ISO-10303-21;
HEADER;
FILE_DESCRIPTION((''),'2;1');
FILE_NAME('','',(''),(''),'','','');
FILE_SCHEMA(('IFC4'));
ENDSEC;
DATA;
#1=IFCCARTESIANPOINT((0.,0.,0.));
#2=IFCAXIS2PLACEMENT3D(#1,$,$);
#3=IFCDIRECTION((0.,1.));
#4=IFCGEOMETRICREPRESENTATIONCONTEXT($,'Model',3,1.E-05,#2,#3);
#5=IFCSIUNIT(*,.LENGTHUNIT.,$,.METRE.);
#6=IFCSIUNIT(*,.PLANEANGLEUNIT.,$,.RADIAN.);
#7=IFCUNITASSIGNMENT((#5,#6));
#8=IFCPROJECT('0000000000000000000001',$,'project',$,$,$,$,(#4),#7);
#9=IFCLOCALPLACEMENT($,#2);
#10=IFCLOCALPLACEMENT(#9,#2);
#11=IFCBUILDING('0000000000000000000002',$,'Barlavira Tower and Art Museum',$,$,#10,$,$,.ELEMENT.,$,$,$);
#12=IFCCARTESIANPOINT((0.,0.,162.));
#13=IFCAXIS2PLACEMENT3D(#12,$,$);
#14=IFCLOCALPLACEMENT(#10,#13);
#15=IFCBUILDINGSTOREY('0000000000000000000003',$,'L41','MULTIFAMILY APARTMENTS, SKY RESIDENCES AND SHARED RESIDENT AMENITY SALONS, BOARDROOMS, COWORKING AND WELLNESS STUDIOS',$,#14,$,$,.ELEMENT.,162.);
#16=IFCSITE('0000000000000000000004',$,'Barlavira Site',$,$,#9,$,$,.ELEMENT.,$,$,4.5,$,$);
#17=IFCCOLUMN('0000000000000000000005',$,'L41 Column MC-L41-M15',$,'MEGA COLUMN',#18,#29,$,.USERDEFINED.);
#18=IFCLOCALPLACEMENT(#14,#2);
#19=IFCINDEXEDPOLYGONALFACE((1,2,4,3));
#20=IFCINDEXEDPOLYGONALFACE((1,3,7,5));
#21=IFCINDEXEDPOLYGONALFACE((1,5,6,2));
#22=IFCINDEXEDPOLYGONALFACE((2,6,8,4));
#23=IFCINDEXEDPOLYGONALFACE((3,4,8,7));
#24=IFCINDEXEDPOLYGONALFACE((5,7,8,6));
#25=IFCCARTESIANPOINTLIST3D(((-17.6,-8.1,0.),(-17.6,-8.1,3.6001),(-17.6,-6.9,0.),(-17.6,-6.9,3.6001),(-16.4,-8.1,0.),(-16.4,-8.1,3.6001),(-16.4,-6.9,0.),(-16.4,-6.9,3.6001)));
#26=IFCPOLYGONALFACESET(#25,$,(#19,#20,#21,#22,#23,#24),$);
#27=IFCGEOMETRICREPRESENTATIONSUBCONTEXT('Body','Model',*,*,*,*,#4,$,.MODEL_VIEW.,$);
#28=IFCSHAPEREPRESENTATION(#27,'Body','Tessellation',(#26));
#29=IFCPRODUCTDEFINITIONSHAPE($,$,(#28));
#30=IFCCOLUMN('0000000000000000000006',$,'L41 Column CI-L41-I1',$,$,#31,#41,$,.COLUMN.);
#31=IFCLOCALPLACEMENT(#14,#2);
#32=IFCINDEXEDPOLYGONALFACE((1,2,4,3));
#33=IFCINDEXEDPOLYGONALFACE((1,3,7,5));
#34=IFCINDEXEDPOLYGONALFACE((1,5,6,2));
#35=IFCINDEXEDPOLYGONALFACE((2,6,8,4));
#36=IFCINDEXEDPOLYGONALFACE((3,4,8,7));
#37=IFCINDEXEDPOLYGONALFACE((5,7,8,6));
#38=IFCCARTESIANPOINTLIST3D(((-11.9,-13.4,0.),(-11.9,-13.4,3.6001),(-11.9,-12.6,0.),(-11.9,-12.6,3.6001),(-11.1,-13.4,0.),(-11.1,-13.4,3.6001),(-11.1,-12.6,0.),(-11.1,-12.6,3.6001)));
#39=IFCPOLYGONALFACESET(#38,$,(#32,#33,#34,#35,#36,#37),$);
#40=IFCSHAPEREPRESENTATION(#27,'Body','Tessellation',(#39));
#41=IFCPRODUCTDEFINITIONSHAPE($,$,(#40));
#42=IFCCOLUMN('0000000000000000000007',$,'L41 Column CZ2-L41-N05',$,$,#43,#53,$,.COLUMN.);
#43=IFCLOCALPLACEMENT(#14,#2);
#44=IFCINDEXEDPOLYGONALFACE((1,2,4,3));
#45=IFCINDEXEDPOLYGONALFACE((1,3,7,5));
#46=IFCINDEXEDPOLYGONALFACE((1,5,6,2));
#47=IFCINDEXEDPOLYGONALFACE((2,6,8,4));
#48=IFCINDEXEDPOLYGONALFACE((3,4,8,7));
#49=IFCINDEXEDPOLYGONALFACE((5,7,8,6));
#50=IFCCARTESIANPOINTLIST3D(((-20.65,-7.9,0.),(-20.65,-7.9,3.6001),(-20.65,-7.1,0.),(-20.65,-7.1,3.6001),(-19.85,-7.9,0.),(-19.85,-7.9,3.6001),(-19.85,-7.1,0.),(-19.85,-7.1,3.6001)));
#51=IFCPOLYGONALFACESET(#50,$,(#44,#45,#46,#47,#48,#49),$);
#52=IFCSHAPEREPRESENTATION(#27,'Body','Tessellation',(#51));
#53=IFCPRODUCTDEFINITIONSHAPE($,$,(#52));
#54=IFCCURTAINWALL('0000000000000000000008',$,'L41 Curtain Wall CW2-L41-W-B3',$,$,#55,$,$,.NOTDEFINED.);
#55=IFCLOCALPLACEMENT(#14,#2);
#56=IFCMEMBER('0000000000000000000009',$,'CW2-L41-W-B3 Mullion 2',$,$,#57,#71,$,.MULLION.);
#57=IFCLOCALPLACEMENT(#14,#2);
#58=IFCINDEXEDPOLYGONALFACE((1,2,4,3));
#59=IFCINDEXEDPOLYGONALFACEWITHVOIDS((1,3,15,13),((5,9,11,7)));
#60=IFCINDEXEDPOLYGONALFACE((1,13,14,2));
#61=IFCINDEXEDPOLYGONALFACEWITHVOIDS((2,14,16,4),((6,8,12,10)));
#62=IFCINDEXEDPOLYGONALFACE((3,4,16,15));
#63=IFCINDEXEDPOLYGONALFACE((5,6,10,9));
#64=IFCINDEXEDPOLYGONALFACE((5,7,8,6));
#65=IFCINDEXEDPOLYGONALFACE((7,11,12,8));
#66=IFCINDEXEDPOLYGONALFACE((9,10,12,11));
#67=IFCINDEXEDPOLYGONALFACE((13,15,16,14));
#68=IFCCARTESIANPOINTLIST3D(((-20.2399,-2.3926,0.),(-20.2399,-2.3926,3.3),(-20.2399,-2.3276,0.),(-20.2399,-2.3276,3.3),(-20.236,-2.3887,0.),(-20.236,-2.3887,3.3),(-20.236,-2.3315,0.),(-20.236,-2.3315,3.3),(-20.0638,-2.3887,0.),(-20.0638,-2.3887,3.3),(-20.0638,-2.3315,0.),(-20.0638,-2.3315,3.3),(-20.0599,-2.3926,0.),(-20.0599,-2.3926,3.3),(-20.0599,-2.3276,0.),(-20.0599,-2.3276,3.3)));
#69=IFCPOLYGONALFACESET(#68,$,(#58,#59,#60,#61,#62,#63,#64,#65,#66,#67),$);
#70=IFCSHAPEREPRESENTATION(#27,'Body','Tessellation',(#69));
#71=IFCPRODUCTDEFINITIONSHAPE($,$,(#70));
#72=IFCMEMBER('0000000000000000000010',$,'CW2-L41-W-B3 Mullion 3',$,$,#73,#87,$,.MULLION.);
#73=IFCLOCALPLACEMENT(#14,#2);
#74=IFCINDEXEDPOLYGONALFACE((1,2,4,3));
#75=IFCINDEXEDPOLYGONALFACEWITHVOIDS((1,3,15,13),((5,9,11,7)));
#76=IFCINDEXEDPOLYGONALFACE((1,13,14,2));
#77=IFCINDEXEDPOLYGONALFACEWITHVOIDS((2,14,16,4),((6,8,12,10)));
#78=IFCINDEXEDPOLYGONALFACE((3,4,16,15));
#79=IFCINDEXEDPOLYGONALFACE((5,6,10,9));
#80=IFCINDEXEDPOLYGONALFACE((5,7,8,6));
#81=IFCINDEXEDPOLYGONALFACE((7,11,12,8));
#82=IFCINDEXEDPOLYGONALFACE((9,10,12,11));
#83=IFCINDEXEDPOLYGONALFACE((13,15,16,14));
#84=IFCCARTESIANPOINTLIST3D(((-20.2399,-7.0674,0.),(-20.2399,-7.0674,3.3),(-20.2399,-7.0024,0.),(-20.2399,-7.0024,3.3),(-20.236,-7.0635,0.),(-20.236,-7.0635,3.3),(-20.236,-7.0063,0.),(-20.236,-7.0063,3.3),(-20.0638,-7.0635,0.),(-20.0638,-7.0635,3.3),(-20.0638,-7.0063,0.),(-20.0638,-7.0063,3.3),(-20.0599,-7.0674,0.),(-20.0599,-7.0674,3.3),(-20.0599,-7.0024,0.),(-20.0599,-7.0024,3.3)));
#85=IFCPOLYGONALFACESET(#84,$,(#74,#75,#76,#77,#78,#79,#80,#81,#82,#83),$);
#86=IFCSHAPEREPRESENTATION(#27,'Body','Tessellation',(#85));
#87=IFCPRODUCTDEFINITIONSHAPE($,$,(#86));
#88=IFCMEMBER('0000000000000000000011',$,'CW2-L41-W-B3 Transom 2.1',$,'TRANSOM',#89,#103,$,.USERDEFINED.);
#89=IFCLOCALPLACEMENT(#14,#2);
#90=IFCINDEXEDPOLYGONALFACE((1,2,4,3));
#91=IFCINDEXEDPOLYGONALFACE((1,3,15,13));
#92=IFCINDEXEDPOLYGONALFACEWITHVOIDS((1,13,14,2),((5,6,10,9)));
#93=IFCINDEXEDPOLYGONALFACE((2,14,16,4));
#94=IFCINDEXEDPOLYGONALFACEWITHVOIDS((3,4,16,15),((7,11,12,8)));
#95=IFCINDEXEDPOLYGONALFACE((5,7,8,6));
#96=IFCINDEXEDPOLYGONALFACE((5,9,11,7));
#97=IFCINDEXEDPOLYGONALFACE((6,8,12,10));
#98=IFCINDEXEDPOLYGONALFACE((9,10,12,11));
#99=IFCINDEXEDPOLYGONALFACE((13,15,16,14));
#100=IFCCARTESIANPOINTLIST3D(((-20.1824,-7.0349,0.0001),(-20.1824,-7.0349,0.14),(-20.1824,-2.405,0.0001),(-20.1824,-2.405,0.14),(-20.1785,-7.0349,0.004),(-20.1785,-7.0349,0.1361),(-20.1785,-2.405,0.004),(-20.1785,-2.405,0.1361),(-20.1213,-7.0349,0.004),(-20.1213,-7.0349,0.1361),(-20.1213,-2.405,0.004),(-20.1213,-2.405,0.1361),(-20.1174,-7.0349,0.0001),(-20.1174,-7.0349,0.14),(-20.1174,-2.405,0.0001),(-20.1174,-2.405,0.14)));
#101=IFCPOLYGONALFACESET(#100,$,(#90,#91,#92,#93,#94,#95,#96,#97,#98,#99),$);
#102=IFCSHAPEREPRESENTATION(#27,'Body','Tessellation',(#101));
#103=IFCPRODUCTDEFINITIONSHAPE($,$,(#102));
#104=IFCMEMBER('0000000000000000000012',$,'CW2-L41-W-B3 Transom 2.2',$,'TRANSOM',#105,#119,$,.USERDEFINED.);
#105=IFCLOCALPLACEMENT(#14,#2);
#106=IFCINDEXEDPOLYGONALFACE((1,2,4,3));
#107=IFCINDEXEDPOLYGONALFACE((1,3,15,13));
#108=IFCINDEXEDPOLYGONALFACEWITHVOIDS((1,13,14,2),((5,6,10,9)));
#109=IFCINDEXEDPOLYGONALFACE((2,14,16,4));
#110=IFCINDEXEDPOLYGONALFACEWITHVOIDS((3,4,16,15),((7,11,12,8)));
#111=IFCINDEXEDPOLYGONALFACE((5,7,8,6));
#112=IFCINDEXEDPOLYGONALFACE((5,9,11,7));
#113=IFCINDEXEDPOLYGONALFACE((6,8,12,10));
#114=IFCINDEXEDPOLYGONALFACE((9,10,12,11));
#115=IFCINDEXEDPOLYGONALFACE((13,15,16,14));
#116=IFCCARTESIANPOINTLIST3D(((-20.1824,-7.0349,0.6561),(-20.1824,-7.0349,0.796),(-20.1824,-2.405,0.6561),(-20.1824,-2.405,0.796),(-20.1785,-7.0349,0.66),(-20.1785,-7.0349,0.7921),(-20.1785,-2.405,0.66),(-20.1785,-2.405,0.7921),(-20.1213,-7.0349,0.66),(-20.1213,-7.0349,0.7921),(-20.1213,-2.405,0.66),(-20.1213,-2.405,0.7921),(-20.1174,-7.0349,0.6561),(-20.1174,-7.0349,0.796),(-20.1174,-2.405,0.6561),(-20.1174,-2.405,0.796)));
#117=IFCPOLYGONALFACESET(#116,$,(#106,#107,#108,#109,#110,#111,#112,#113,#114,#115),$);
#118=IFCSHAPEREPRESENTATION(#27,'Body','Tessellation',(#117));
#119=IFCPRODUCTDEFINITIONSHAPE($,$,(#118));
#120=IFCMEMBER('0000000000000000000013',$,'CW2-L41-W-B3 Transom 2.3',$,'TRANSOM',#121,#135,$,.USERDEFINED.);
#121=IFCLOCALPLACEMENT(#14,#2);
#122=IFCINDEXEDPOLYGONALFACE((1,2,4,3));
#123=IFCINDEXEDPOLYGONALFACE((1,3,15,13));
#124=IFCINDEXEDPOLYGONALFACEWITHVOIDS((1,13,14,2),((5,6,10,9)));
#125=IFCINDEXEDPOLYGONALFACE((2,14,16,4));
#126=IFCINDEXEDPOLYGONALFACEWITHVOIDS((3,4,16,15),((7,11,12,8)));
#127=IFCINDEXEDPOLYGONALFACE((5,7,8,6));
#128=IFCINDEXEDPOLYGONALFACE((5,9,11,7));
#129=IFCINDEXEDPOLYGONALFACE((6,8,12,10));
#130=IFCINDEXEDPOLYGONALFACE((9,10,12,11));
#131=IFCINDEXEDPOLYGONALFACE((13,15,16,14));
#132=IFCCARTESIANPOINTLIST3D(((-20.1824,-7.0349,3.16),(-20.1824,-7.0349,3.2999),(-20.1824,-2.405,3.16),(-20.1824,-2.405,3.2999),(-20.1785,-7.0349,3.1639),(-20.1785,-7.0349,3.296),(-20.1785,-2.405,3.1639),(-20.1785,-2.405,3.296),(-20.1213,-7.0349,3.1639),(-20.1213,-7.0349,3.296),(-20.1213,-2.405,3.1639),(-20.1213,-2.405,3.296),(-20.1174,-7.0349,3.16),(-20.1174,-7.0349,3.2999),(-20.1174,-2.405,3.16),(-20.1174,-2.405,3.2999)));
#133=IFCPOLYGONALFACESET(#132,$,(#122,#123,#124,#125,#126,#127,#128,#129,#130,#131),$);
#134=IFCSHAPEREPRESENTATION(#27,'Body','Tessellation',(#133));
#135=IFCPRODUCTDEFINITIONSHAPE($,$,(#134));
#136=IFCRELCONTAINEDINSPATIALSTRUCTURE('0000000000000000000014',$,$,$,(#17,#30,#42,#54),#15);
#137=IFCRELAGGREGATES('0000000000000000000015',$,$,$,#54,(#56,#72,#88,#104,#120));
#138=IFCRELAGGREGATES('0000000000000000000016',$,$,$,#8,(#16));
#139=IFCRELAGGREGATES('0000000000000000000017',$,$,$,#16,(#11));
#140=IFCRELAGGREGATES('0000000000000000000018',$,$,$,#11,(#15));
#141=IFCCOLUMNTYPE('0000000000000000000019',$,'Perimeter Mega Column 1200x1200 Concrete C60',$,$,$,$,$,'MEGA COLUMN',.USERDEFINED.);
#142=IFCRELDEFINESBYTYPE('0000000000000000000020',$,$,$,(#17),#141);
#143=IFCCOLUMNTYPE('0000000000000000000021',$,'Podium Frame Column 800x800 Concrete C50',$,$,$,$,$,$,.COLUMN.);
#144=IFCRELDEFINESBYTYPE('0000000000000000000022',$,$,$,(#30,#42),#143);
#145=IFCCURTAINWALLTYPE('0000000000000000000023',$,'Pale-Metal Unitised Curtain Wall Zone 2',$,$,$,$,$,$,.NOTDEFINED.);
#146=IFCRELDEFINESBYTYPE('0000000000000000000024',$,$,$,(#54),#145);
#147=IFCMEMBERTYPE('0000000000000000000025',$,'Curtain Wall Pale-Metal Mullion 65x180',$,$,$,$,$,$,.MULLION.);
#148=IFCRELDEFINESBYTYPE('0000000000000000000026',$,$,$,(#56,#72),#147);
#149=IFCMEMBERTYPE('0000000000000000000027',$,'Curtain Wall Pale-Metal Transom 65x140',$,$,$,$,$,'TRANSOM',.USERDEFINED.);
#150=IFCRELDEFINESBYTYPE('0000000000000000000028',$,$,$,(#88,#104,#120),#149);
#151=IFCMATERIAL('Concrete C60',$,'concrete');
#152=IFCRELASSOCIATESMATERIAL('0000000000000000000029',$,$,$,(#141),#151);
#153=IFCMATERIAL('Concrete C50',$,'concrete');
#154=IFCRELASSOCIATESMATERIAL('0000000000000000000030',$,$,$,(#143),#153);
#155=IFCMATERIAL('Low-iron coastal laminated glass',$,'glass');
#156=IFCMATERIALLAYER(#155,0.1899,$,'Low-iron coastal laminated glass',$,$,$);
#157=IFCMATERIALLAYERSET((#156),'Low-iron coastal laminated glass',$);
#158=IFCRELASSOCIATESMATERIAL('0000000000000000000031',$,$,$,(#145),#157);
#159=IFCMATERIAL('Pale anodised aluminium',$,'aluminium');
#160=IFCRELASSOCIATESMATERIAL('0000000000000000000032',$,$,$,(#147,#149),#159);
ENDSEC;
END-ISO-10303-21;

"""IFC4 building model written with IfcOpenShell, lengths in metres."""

from ifc_helpers import new_model, si_unit, direction, frame, origin, origin_2d, place, context, subcontext, project, spatial, rectangle, hollow_rectangle, extrude, material, layer, layer_set, material_profile, profile_set, type_object, element, aggregate, save


model = new_model("IFC4")

# Units and contexts
model_context = context("Model", 3, precision=1e-05, world=origin(), true_north=direction((0.0, 1.0)))
body_context = subcontext(model_context, "Body", "Model", "MODEL_VIEW")
ifc_project = project(units=[si_unit("LENGTHUNIT", "METRE"), si_unit("PLANEANGLEUNIT", "RADIAN")], contexts=[model_context])

# Site, building, storey
site_placement = place(None, origin())
site = spatial("IfcSite", under=ifc_project, at=site_placement, Name="Barlavira Site", CompositionType="ELEMENT", RefElevation=4.5)
building_placement = place(site_placement, origin())
building = spatial("IfcBuilding", under=site, at=building_placement, Name="Barlavira Tower and Art Museum", CompositionType="ELEMENT")
storey_placement = place(building_placement, frame((0.0, 0.0, 162.0)))
storey = spatial("IfcBuildingStorey", under=building, at=storey_placement, Name="L41", Description="MULTIFAMILY APARTMENTS, SKY RESIDENCES AND SHARED RESIDENT AMENITY SALONS, BOARDROOMS, COWORKING AND WELLNESS STUDIOS", CompositionType="ELEMENT", Elevation=162.0)

# Columns
ifc_material_1 = material(Name="Concrete C60", Category="concrete")
ifc_material_profile_1 = material_profile(ifc_material_1, rectangle(XDim=1.2, YDim=1.2, at=origin_2d()), Name="RC-COL 1200x1200")
ifc_profile_set_1 = profile_set([ifc_material_profile_1], Name="Concrete C60")
column_type_1 = type_object("IfcColumnType", Name="Perimeter Mega Column 1200x1200 Concrete C60", ElementType="MEGA COLUMN", PredefinedType="USERDEFINED", material=ifc_profile_set_1)
column_placement = place(storey_placement, frame((-17.0, -7.5, 0.0), z_axis=(0.0, 0.0, 1.0), x_axis=(1.0, 0.0, 0.0)))
element("IfcColumn", 1, at=column_placement, inside=storey, type_object=column_type_1, Name="L41 Column MC-L41-M15", ObjectType="MEGA COLUMN", PredefinedType="USERDEFINED", context=body_context, shape_type="SweptSolid", body=[
    extrude(rectangle(XDim=1.2, YDim=1.2, at=origin_2d()), origin(), (0.0, 0.0, 1.0), 3.6001),
])
ifc_material_2 = material(Name="Concrete C50", Category="concrete")
ifc_material_profile_2 = material_profile(ifc_material_2, rectangle(XDim=0.8, YDim=0.8, at=origin_2d()), Name="RC-COL 800x800")
ifc_profile_set_2 = profile_set([ifc_material_profile_2], Name="Concrete C50")
column_type_2 = type_object("IfcColumnType", Name="Podium Frame Column 800x800 Concrete C50", PredefinedType="COLUMN", material=ifc_profile_set_2)
for number, where, z_axis, x_axis, name in (
    (2, (-11.5, -13.0, 0.0), (0.0, 0.0, 1.0), (1.0, 0.0, 0.0), "L41 Column CI-L41-I1"),
    (3, (-20.25, -7.5, 0.0), (0.0, 0.0, 1.0), (1.0, 0.0, 0.0), "L41 Column CZ2-L41-N05"),
):
    element("IfcColumn", number, at=place(storey_placement, frame(where, z_axis=z_axis, x_axis=x_axis)), inside=storey, type_object=column_type_2, Name=name, PredefinedType="COLUMN", context=body_context, shape_type="SweptSolid", body=[
        extrude(rectangle(XDim=0.8, YDim=0.8, at=origin_2d()), origin(), (0.0, 0.0, 1.0), 3.6001),
    ])

# Curtain wall, members
ifc_material_3 = material(Name="Low-iron coastal laminated glass", Category="glass")
ifc_layer_1 = layer(ifc_material_3, 0.1899, Name="Low-iron coastal laminated glass")
ifc_layer_set_1 = layer_set([ifc_layer_1], Name="Low-iron coastal laminated glass")
curtain_wall_type = type_object("IfcCurtainWallType", Name="Pale-Metal Unitised Curtain Wall Zone 2", PredefinedType="NOTDEFINED", material=ifc_layer_set_1)
curtain_wall_placement = place(storey_placement, origin())
curtain_wall = element("IfcCurtainWall", 4, at=curtain_wall_placement, inside=storey, type_object=curtain_wall_type, Name="L41 Curtain Wall CW2-L41-W-B3", PredefinedType="NOTDEFINED")
ifc_material_4 = material(Name="Pale anodised aluminium", Category="aluminium")
ifc_material_profile_3 = material_profile(ifc_material_4, hollow_rectangle(XDim=0.0649, YDim=0.1799, WallThickness=0.0039, at=origin_2d()), Name="ALU-MULL 65x180x4")
ifc_profile_set_3 = profile_set([ifc_material_profile_3], Name="Pale anodised aluminium")
member_type_1 = type_object("IfcMemberType", Name="Curtain Wall Pale-Metal Mullion 65x180", PredefinedType="MULLION", material=ifc_profile_set_3)
member_1_placement = place(storey_placement, frame((-20.1499, -2.3601, 0.0), z_axis=(0.0, 0.0, 1.0), x_axis=(0.0, -1.0, 0.0)))
member_1 = element("IfcMember", 5, at=member_1_placement, type_object=member_type_1, Name="CW2-L41-W-B3 Mullion 2", PredefinedType="MULLION", context=body_context, shape_type="SweptSolid", body=[
    extrude(hollow_rectangle(XDim=0.0649, YDim=0.1799, WallThickness=0.0039, at=origin_2d()), origin(), (0.0, 0.0, 1.0), 3.3),
])
member_2_placement = place(storey_placement, frame((-20.1499, -7.0349, 0.0), z_axis=(0.0, 0.0, 1.0), x_axis=(0.0, -1.0, 0.0)))
member_2 = element("IfcMember", 6, at=member_2_placement, type_object=member_type_1, Name="CW2-L41-W-B3 Mullion 3", PredefinedType="MULLION", context=body_context, shape_type="SweptSolid", body=[
    extrude(hollow_rectangle(XDim=0.0649, YDim=0.1799, WallThickness=0.0039, at=origin_2d()), origin(), (0.0, 0.0, 1.0), 3.3),
])
ifc_material_profile_4 = material_profile(ifc_material_4, hollow_rectangle(XDim=0.0649, YDim=0.1399, WallThickness=0.0039, at=origin_2d()), Name="ALU-TRAN 65x140x4")
ifc_profile_set_4 = profile_set([ifc_material_profile_4], Name="Pale anodised aluminium")
member_type_2 = type_object("IfcMemberType", Name="Curtain Wall Pale-Metal Transom 65x140", ElementType="TRANSOM", PredefinedType="USERDEFINED", material=ifc_profile_set_4)
member_3_placement = place(storey_placement, frame((-20.1499, -2.405, 0.0701), z_axis=(0.0, -1.0, 0.0), x_axis=(1.0, 0.0, 0.0)))
member_3 = element("IfcMember", 7, at=member_3_placement, type_object=member_type_2, Name="CW2-L41-W-B3 Transom 2.1", ObjectType="TRANSOM", PredefinedType="USERDEFINED", context=body_context, shape_type="SweptSolid", body=[
    extrude(hollow_rectangle(XDim=0.0649, YDim=0.1399, WallThickness=0.0039, at=origin_2d()), origin(), (0.0, 0.0, 1.0), 4.6299),
])
member_4_placement = place(storey_placement, frame((-20.1499, -2.405, 0.7261), z_axis=(0.0, -1.0, 0.0), x_axis=(1.0, 0.0, 0.0)))
member_4 = element("IfcMember", 8, at=member_4_placement, type_object=member_type_2, Name="CW2-L41-W-B3 Transom 2.2", ObjectType="TRANSOM", PredefinedType="USERDEFINED", context=body_context, shape_type="SweptSolid", body=[
    extrude(hollow_rectangle(XDim=0.0649, YDim=0.1399, WallThickness=0.0039, at=origin_2d()), origin(), (0.0, 0.0, 1.0), 4.6299),
])
member_5_placement = place(storey_placement, frame((-20.1499, -2.405, 3.23), z_axis=(0.0, -1.0, 0.0), x_axis=(1.0, 0.0, 0.0)))
member_5 = element("IfcMember", 9, at=member_5_placement, type_object=member_type_2, Name="CW2-L41-W-B3 Transom 2.3", ObjectType="TRANSOM", PredefinedType="USERDEFINED", context=body_context, shape_type="SweptSolid", body=[
    extrude(hollow_rectangle(XDim=0.0649, YDim=0.1399, WallThickness=0.0039, at=origin_2d()), origin(), (0.0, 0.0, 1.0), 4.6299),
])

aggregate(curtain_wall, [member_1, member_2, member_3, member_4, member_5])

save(model, "model.ifc")
